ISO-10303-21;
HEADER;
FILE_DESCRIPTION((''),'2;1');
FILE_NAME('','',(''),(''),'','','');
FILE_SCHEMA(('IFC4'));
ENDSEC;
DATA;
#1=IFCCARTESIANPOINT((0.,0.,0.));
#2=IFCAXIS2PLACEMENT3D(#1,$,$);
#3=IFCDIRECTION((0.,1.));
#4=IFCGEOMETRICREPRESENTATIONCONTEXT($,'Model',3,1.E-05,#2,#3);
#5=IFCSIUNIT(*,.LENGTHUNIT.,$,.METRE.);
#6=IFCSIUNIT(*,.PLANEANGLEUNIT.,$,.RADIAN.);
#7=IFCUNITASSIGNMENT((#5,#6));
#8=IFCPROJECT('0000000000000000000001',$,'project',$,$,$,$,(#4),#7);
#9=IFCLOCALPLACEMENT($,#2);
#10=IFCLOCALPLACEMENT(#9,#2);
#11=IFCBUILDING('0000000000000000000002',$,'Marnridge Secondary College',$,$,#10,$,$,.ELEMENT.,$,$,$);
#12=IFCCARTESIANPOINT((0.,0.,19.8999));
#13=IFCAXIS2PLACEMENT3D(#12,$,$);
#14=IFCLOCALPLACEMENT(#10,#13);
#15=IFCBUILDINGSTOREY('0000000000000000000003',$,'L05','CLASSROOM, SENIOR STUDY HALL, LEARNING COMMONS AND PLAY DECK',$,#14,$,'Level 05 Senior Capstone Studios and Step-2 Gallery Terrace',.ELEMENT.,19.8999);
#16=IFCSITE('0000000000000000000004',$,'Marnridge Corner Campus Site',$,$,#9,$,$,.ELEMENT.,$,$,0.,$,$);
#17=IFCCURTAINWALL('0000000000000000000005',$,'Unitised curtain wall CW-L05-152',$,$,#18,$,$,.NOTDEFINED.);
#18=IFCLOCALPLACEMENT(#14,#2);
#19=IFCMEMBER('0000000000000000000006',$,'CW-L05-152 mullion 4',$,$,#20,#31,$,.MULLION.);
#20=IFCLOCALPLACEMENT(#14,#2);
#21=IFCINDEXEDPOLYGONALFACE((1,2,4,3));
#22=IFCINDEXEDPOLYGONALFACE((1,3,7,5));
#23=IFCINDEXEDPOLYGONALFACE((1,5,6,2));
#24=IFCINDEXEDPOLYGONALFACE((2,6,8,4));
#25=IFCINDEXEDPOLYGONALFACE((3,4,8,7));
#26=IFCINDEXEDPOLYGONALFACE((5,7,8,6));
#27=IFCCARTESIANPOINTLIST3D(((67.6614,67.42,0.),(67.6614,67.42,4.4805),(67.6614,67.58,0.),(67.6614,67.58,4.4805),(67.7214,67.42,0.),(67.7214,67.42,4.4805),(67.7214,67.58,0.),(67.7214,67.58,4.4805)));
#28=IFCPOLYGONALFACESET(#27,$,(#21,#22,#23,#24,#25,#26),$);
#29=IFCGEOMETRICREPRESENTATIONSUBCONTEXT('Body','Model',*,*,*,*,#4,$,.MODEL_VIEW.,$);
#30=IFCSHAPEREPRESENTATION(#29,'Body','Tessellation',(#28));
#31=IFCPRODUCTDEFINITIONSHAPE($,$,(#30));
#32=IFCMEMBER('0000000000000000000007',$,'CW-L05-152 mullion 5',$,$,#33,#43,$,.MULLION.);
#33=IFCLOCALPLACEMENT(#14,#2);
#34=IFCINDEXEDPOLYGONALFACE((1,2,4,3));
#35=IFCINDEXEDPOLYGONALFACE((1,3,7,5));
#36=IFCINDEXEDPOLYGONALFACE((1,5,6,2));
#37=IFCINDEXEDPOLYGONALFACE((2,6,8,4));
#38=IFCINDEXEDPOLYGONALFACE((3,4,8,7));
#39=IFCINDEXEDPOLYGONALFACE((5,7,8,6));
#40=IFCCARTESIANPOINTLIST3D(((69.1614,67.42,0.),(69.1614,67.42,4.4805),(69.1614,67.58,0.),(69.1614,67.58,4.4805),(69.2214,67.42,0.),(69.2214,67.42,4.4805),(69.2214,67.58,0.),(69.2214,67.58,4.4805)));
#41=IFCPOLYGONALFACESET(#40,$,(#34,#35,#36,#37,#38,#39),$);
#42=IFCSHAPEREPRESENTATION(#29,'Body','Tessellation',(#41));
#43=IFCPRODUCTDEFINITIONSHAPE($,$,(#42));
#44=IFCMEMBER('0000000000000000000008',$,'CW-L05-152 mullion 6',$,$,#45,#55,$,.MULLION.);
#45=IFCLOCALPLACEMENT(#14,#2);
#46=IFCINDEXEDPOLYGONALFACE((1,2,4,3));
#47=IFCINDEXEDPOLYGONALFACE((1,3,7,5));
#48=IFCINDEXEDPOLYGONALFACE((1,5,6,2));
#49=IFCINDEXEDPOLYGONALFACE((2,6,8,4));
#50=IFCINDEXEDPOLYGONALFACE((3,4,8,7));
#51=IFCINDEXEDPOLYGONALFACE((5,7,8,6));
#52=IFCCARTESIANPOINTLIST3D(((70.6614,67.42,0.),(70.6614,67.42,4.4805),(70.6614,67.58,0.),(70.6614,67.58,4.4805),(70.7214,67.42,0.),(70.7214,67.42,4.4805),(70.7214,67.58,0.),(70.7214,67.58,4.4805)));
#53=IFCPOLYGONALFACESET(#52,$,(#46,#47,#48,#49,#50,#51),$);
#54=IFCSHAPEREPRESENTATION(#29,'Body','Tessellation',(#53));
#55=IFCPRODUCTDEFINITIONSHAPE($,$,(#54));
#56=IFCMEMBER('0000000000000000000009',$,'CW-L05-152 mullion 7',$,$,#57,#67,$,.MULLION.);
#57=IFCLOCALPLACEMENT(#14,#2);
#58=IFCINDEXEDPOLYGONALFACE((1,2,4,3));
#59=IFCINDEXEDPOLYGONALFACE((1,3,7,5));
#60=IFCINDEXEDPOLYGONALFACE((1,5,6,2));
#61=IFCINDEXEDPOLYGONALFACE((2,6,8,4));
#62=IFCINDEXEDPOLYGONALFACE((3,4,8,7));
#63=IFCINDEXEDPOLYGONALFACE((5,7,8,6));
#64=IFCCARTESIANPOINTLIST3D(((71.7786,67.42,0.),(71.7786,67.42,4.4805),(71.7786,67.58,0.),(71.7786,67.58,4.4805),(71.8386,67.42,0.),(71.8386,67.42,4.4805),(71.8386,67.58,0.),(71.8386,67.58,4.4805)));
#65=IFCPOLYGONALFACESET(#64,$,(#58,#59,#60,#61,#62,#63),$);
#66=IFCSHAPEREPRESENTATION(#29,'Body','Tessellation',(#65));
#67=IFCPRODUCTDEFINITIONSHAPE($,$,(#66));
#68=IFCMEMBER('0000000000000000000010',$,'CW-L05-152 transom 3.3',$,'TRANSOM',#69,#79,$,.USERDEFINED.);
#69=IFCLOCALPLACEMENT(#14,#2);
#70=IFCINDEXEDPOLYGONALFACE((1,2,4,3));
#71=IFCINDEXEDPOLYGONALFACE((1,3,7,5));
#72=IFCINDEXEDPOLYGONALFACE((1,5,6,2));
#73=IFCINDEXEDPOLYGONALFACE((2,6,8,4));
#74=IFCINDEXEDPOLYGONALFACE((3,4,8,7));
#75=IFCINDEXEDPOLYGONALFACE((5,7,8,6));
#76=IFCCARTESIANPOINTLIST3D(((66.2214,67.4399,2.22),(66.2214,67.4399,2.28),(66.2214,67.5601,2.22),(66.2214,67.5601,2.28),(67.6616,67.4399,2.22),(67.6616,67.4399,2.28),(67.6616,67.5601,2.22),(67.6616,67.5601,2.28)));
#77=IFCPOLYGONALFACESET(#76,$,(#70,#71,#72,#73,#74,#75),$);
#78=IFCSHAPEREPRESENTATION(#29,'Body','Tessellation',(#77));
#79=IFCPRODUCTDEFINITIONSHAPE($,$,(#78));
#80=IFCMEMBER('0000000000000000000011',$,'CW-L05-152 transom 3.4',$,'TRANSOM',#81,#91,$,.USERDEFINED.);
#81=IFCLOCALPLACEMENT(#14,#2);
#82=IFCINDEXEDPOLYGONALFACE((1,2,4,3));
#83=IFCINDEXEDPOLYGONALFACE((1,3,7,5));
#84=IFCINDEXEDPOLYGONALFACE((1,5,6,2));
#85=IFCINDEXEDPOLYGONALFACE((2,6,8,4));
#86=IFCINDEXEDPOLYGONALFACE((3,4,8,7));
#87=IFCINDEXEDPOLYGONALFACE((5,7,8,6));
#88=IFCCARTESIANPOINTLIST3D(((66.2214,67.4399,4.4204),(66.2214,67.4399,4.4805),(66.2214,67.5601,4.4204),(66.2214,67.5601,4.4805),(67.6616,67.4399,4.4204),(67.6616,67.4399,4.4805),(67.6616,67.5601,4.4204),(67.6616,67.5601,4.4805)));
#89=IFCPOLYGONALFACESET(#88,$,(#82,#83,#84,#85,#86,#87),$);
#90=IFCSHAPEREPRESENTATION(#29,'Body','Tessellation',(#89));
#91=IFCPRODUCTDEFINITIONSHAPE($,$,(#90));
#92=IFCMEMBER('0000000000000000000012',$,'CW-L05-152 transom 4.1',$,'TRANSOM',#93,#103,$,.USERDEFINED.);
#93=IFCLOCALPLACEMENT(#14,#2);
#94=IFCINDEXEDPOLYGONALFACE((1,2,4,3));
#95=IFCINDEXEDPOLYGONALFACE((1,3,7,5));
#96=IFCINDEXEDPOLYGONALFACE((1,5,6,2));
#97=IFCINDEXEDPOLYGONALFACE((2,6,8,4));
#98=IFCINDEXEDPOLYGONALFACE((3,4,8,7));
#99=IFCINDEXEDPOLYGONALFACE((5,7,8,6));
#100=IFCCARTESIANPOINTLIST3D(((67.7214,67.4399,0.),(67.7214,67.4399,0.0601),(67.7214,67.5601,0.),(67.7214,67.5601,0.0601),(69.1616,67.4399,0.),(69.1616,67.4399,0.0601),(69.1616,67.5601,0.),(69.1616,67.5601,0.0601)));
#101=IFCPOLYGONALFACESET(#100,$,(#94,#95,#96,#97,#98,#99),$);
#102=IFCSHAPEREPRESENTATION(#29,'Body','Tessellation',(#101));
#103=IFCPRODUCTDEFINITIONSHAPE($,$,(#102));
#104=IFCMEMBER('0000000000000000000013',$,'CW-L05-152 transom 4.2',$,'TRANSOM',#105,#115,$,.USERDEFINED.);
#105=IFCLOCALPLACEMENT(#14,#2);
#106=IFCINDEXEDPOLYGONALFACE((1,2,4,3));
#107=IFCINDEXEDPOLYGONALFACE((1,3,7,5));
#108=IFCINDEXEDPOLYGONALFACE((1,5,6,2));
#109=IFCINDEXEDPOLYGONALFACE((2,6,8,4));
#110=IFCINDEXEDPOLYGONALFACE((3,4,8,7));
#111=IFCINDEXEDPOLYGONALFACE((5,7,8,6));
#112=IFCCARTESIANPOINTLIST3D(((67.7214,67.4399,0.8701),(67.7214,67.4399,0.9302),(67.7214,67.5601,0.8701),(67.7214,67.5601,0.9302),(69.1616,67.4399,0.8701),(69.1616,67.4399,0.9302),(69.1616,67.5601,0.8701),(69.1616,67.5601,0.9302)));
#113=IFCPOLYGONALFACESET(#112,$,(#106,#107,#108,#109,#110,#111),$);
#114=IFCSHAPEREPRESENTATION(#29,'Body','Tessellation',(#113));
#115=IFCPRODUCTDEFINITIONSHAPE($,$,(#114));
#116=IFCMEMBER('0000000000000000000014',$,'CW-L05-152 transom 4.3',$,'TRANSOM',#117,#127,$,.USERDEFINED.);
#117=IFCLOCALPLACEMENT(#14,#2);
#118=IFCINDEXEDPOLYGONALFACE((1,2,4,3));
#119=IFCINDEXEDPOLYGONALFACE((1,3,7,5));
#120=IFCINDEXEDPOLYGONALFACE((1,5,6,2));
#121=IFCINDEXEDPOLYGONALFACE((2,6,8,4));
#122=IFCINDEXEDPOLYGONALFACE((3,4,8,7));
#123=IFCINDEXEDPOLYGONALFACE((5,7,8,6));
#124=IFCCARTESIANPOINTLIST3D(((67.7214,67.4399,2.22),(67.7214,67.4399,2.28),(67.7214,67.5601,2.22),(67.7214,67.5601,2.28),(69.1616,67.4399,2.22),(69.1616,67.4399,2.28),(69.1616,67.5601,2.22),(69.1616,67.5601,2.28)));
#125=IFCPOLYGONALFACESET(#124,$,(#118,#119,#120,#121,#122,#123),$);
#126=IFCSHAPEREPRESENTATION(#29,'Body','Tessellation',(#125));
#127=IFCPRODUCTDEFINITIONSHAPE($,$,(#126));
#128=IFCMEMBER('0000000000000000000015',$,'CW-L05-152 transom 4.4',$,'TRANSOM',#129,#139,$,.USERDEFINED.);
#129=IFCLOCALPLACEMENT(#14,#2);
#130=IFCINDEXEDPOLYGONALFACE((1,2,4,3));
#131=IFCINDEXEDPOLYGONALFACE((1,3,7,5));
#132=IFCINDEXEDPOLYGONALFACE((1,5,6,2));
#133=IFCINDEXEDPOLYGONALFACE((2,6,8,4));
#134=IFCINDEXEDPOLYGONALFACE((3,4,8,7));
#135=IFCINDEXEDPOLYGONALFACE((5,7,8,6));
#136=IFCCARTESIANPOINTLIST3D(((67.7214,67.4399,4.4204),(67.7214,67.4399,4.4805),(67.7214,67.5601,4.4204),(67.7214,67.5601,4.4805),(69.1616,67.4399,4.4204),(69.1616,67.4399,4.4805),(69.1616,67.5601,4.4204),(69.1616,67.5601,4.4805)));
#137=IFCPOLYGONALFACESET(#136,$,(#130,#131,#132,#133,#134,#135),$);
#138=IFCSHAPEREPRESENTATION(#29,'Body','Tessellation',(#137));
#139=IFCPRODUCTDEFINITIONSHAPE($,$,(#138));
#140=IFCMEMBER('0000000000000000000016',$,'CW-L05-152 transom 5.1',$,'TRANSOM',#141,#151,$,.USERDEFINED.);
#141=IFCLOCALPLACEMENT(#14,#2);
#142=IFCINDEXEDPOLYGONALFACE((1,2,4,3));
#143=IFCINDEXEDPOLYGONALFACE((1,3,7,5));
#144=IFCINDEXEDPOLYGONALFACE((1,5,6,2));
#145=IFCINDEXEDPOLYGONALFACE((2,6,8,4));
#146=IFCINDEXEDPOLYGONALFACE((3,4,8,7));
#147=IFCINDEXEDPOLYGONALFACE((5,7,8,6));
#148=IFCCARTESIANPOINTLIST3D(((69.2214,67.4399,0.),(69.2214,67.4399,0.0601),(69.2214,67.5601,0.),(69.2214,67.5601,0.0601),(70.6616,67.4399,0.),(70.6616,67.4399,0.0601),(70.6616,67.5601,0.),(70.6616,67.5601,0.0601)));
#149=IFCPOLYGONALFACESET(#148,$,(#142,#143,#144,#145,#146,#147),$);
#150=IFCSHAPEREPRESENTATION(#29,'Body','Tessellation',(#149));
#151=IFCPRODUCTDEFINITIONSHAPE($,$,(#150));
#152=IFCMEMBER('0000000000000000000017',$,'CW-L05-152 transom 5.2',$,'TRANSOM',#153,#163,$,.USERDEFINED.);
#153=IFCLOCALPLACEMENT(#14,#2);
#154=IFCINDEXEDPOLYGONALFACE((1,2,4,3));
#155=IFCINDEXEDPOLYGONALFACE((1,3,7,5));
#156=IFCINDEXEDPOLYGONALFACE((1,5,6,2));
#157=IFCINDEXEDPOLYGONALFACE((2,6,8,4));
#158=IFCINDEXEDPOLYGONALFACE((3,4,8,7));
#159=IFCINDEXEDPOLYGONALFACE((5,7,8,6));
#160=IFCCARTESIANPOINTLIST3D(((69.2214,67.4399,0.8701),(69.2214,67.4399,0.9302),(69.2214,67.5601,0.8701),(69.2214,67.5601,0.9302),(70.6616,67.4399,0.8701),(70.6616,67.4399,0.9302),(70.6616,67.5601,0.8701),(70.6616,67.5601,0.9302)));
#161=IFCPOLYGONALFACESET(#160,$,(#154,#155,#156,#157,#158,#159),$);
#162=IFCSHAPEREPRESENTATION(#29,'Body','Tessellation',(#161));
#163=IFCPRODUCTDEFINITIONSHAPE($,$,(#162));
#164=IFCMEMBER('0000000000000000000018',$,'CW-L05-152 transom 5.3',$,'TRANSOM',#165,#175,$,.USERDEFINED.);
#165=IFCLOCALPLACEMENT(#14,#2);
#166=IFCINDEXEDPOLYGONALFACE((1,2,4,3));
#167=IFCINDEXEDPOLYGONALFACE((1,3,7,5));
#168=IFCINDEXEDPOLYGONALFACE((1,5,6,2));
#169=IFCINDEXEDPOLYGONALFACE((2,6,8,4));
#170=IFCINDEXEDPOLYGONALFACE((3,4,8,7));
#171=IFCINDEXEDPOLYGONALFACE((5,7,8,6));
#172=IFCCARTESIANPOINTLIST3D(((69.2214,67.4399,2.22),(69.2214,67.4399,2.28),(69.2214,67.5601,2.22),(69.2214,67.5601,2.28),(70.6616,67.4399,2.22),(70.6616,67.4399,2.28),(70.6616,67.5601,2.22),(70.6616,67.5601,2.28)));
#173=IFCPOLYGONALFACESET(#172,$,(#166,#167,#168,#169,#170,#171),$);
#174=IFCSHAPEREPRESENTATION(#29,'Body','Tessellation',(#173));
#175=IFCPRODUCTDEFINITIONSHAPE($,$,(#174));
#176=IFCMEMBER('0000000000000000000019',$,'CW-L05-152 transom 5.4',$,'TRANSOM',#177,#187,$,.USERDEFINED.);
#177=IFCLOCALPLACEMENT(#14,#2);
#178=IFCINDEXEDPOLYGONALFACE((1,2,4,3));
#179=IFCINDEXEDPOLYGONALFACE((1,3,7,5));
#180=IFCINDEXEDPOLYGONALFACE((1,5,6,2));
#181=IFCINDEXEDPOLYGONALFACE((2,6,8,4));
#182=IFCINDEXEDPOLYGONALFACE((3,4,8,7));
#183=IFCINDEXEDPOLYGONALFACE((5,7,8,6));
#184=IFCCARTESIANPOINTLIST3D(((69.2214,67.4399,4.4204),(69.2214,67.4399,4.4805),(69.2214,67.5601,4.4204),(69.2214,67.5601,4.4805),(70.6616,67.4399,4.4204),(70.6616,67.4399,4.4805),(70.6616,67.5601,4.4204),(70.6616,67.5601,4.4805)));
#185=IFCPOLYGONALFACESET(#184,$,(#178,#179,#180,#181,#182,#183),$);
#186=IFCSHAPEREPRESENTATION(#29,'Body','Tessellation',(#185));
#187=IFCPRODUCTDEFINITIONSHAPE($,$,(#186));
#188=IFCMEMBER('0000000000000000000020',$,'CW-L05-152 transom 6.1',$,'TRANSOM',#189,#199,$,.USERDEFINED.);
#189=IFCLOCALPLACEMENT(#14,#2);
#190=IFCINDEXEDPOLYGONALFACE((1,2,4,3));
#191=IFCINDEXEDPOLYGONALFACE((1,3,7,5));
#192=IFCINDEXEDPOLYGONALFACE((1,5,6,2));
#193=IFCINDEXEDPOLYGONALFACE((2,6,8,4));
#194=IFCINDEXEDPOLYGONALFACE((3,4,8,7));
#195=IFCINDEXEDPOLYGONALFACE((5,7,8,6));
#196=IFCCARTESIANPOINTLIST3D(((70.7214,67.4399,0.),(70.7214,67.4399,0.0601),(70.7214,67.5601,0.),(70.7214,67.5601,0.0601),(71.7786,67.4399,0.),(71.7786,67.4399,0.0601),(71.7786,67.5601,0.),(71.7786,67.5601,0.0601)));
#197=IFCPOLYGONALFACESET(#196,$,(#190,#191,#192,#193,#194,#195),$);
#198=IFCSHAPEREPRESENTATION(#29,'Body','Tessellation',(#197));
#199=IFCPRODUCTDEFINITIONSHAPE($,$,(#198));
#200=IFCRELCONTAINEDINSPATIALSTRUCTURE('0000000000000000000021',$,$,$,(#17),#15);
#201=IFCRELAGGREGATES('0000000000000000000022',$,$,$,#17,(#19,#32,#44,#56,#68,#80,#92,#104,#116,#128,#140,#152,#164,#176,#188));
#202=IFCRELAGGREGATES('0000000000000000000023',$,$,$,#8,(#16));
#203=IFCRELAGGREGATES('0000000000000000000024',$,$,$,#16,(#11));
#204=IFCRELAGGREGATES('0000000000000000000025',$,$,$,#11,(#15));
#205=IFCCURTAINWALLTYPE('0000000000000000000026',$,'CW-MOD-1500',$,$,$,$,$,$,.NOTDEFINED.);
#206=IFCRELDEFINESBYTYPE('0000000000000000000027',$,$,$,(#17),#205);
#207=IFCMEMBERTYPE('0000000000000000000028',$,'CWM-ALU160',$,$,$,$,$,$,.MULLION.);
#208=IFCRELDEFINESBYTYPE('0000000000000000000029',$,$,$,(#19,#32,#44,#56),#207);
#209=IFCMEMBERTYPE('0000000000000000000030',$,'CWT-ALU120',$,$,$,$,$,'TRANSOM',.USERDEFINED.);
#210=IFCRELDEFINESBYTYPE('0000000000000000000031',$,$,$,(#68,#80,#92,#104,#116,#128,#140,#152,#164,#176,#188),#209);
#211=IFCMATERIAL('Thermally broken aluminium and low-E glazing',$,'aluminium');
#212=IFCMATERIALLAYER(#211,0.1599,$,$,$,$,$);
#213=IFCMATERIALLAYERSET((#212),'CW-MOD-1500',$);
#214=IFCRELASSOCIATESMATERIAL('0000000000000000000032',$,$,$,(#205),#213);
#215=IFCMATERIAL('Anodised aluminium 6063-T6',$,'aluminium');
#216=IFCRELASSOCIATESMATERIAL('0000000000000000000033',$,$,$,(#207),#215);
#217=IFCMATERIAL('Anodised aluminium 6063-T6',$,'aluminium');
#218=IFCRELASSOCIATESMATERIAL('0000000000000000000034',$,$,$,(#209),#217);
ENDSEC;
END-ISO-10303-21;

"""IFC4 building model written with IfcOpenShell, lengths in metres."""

from ifc_helpers import new_model, si_unit, direction, frame, origin, origin_2d, place, context, subcontext, project, spatial, rectangle, extrude, material, layer, layer_set, material_profile, profile_set, type_object, element, aggregate, save


model = new_model("IFC4")

# Units and contexts
model_context = context("Model", 3, precision=1e-05, world=origin(), true_north=direction((0.0, 1.0)))
body_context = subcontext(model_context, "Body", "Model", "MODEL_VIEW")
ifc_project = project(units=[si_unit("LENGTHUNIT", "METRE"), si_unit("PLANEANGLEUNIT", "RADIAN")], contexts=[model_context])

# Site, building, storey
site_placement = place(None, origin())
site = spatial("IfcSite", under=ifc_project, at=site_placement, Name="Marnridge Corner Campus Site", CompositionType="ELEMENT", RefElevation=0.0)
building_placement = place(site_placement, origin())
building = spatial("IfcBuilding", under=site, at=building_placement, Name="Marnridge Secondary College", CompositionType="ELEMENT")
storey_placement = place(building_placement, frame((0.0, 0.0, 19.8999)))
storey = spatial("IfcBuildingStorey", under=building, at=storey_placement, Name="L05", Description="CLASSROOM, SENIOR STUDY HALL, LEARNING COMMONS AND PLAY DECK", LongName="Level 05 Senior Capstone Studios and Step-2 Gallery Terrace", CompositionType="ELEMENT", Elevation=19.8999)

# Curtain wall, members
ifc_material_1 = material(Name="Thermally broken aluminium and low-E glazing", Category="aluminium")
ifc_layer_1 = layer(ifc_material_1, 0.1599)
ifc_layer_set_1 = layer_set([ifc_layer_1], Name="CW-MOD-1500")
curtain_wall_type = type_object("IfcCurtainWallType", Name="CW-MOD-1500", PredefinedType="NOTDEFINED", material=ifc_layer_set_1)
curtain_wall_placement = place(storey_placement, origin())
curtain_wall = element("IfcCurtainWall", 1, at=curtain_wall_placement, inside=storey, type_object=curtain_wall_type, Name="Unitised curtain wall CW-L05-152", PredefinedType="NOTDEFINED")
ifc_material_2 = material(Name="Anodised aluminium 6063-T6", Category="aluminium")
ifc_material_profile_1 = material_profile(ifc_material_2, rectangle(XDim=0.0601, YDim=0.1599, at=origin_2d()), Name="ALU 60x160")
ifc_profile_set_1 = profile_set([ifc_material_profile_1], Name="Anodised aluminium 6063-T6")
member_type_1 = type_object("IfcMemberType", Name="CWM-ALU160", PredefinedType="MULLION", material=ifc_profile_set_1)
member_1_placement = place(storey_placement, frame((67.6914, 67.5, 0.0), z_axis=(0.0, 0.0, 1.0), x_axis=(1.0, 0.0, 0.0)))
member_1 = element("IfcMember", 2, at=member_1_placement, type_object=member_type_1, Name="CW-L05-152 mullion 4", PredefinedType="MULLION", context=body_context, shape_type="SweptSolid", body=[
    extrude(rectangle(XDim=0.0601, YDim=0.1599, at=origin_2d()), origin(), (0.0, 0.0, 1.0), 4.4805),
])
member_2_placement = place(storey_placement, frame((69.1914, 67.5, 0.0), z_axis=(0.0, 0.0, 1.0), x_axis=(1.0, 0.0, 0.0)))
member_2 = element("IfcMember", 3, at=member_2_placement, type_object=member_type_1, Name="CW-L05-152 mullion 5", PredefinedType="MULLION", context=body_context, shape_type="SweptSolid", body=[
    extrude(rectangle(XDim=0.0601, YDim=0.1599, at=origin_2d()), origin(), (0.0, 0.0, 1.0), 4.4805),
])
member_3_placement = place(storey_placement, frame((70.6914, 67.5, 0.0), z_axis=(0.0, 0.0, 1.0), x_axis=(1.0, 0.0, 0.0)))
member_3 = element("IfcMember", 4, at=member_3_placement, type_object=member_type_1, Name="CW-L05-152 mullion 6", PredefinedType="MULLION", context=body_context, shape_type="SweptSolid", body=[
    extrude(rectangle(XDim=0.0601, YDim=0.1599, at=origin_2d()), origin(), (0.0, 0.0, 1.0), 4.4805),
])
member_4_placement = place(storey_placement, frame((71.8086, 67.5, 0.0), z_axis=(0.0, 0.0, 1.0), x_axis=(1.0, 0.0, 0.0)))
member_4 = element("IfcMember", 5, at=member_4_placement, type_object=member_type_1, Name="CW-L05-152 mullion 7", PredefinedType="MULLION", context=body_context, shape_type="SweptSolid", body=[
    extrude(rectangle(XDim=0.0601, YDim=0.1599, at=origin_2d()), origin(), (0.0, 0.0, 1.0), 4.4805),
])
ifc_material_3 = material(Name="Anodised aluminium 6063-T6", Category="aluminium")
ifc_material_profile_2 = material_profile(ifc_material_3, rectangle(XDim=0.0601, YDim=0.1201, at=origin_2d()), Name="ALU 60x120")
ifc_profile_set_2 = profile_set([ifc_material_profile_2], Name="Anodised aluminium 6063-T6")
member_type_2 = type_object("IfcMemberType", Name="CWT-ALU120", ElementType="TRANSOM", PredefinedType="USERDEFINED", material=ifc_profile_set_2)
member_5_placement = place(storey_placement, frame((66.2214, 67.5, 2.25), z_axis=(1.0, 0.0, 0.0), x_axis=(0.0, 0.0, 1.0)))
member_5 = element("IfcMember", 6, at=member_5_placement, type_object=member_type_2, Name="CW-L05-152 transom 3.3", ObjectType="TRANSOM", PredefinedType="USERDEFINED", context=body_context, shape_type="SweptSolid", body=[
    extrude(rectangle(XDim=0.0601, YDim=0.1201, at=origin_2d()), origin(), (0.0, 0.0, 1.0), 1.4402),
])
member_6_placement = place(storey_placement, frame((66.2214, 67.5, 4.4504), z_axis=(1.0, 0.0, 0.0), x_axis=(0.0, 0.0, 1.0)))
member_6 = element("IfcMember", 7, at=member_6_placement, type_object=member_type_2, Name="CW-L05-152 transom 3.4", ObjectType="TRANSOM", PredefinedType="USERDEFINED", context=body_context, shape_type="SweptSolid", body=[
    extrude(rectangle(XDim=0.0601, YDim=0.1201, at=origin_2d()), origin(), (0.0, 0.0, 1.0), 1.4402),
])
member_7_placement = place(storey_placement, frame((67.7214, 67.5, 0.03), z_axis=(1.0, 0.0, 0.0), x_axis=(0.0, 0.0, 1.0)))
member_7 = element("IfcMember", 8, at=member_7_placement, type_object=member_type_2, Name="CW-L05-152 transom 4.1", ObjectType="TRANSOM", PredefinedType="USERDEFINED", context=body_context, shape_type="SweptSolid", body=[
    extrude(rectangle(XDim=0.0601, YDim=0.1201, at=origin_2d()), origin(), (0.0, 0.0, 1.0), 1.4402),
])
member_8_placement = place(storey_placement, frame((67.7214, 67.5, 0.9001), z_axis=(1.0, 0.0, 0.0), x_axis=(0.0, 0.0, 1.0)))
member_8 = element("IfcMember", 9, at=member_8_placement, type_object=member_type_2, Name="CW-L05-152 transom 4.2", ObjectType="TRANSOM", PredefinedType="USERDEFINED", context=body_context, shape_type="SweptSolid", body=[
    extrude(rectangle(XDim=0.0601, YDim=0.1201, at=origin_2d()), origin(), (0.0, 0.0, 1.0), 1.4402),
])
member_9_placement = place(storey_placement, frame((67.7214, 67.5, 2.25), z_axis=(1.0, 0.0, 0.0), x_axis=(0.0, 0.0, 1.0)))
member_9 = element("IfcMember", 10, at=member_9_placement, type_object=member_type_2, Name="CW-L05-152 transom 4.3", ObjectType="TRANSOM", PredefinedType="USERDEFINED", context=body_context, shape_type="SweptSolid", body=[
    extrude(rectangle(XDim=0.0601, YDim=0.1201, at=origin_2d()), origin(), (0.0, 0.0, 1.0), 1.4402),
])
member_10_placement = place(storey_placement, frame((67.7214, 67.5, 4.4504), z_axis=(1.0, 0.0, 0.0), x_axis=(0.0, 0.0, 1.0)))
member_10 = element("IfcMember", 11, at=member_10_placement, type_object=member_type_2, Name="CW-L05-152 transom 4.4", ObjectType="TRANSOM", PredefinedType="USERDEFINED", context=body_context, shape_type="SweptSolid", body=[
    extrude(rectangle(XDim=0.0601, YDim=0.1201, at=origin_2d()), origin(), (0.0, 0.0, 1.0), 1.4402),
])
member_11_placement = place(storey_placement, frame((69.2214, 67.5, 0.03), z_axis=(1.0, 0.0, 0.0), x_axis=(0.0, 0.0, 1.0)))
member_11 = element("IfcMember", 12, at=member_11_placement, type_object=member_type_2, Name="CW-L05-152 transom 5.1", ObjectType="TRANSOM", PredefinedType="USERDEFINED", context=body_context, shape_type="SweptSolid", body=[
    extrude(rectangle(XDim=0.0601, YDim=0.1201, at=origin_2d()), origin(), (0.0, 0.0, 1.0), 1.4402),
])
member_12_placement = place(storey_placement, frame((69.2214, 67.5, 0.9001), z_axis=(1.0, 0.0, 0.0), x_axis=(0.0, 0.0, 1.0)))
member_12 = element("IfcMember", 13, at=member_12_placement, type_object=member_type_2, Name="CW-L05-152 transom 5.2", ObjectType="TRANSOM", PredefinedType="USERDEFINED", context=body_context, shape_type="SweptSolid", body=[
    extrude(rectangle(XDim=0.0601, YDim=0.1201, at=origin_2d()), origin(), (0.0, 0.0, 1.0), 1.4402),
])
member_13_placement = place(storey_placement, frame((69.2214, 67.5, 2.25), z_axis=(1.0, 0.0, 0.0), x_axis=(0.0, 0.0, 1.0)))
member_13 = element("IfcMember", 14, at=member_13_placement, type_object=member_type_2, Name="CW-L05-152 transom 5.3", ObjectType="TRANSOM", PredefinedType="USERDEFINED", context=body_context, shape_type="SweptSolid", body=[
    extrude(rectangle(XDim=0.0601, YDim=0.1201, at=origin_2d()), origin(), (0.0, 0.0, 1.0), 1.4402),
])
member_14_placement = place(storey_placement, frame((69.2214, 67.5, 4.4504), z_axis=(1.0, 0.0, 0.0), x_axis=(0.0, 0.0, 1.0)))
member_14 = element("IfcMember", 15, at=member_14_placement, type_object=member_type_2, Name="CW-L05-152 transom 5.4", ObjectType="TRANSOM", PredefinedType="USERDEFINED", context=body_context, shape_type="SweptSolid", body=[
    extrude(rectangle(XDim=0.0601, YDim=0.1201, at=origin_2d()), origin(), (0.0, 0.0, 1.0), 1.4402),
])
member_15_placement = place(storey_placement, frame((70.7214, 67.5, 0.03), z_axis=(1.0, 0.0, 0.0), x_axis=(0.0, 0.0, 1.0)))
member_15 = element("IfcMember", 16, at=member_15_placement, type_object=member_type_2, Name="CW-L05-152 transom 6.1", ObjectType="TRANSOM", PredefinedType="USERDEFINED", context=body_context, shape_type="SweptSolid", body=[
    extrude(rectangle(XDim=0.0601, YDim=0.1201, at=origin_2d()), origin(), (0.0, 0.0, 1.0), 1.0571),
])
aggregate(curtain_wall, [member_1, member_2, member_3, member_4, member_5, member_6, member_7, member_8, member_9, member_10, member_11, member_12, member_13, member_14, member_15])

save(model, "model.ifc")
